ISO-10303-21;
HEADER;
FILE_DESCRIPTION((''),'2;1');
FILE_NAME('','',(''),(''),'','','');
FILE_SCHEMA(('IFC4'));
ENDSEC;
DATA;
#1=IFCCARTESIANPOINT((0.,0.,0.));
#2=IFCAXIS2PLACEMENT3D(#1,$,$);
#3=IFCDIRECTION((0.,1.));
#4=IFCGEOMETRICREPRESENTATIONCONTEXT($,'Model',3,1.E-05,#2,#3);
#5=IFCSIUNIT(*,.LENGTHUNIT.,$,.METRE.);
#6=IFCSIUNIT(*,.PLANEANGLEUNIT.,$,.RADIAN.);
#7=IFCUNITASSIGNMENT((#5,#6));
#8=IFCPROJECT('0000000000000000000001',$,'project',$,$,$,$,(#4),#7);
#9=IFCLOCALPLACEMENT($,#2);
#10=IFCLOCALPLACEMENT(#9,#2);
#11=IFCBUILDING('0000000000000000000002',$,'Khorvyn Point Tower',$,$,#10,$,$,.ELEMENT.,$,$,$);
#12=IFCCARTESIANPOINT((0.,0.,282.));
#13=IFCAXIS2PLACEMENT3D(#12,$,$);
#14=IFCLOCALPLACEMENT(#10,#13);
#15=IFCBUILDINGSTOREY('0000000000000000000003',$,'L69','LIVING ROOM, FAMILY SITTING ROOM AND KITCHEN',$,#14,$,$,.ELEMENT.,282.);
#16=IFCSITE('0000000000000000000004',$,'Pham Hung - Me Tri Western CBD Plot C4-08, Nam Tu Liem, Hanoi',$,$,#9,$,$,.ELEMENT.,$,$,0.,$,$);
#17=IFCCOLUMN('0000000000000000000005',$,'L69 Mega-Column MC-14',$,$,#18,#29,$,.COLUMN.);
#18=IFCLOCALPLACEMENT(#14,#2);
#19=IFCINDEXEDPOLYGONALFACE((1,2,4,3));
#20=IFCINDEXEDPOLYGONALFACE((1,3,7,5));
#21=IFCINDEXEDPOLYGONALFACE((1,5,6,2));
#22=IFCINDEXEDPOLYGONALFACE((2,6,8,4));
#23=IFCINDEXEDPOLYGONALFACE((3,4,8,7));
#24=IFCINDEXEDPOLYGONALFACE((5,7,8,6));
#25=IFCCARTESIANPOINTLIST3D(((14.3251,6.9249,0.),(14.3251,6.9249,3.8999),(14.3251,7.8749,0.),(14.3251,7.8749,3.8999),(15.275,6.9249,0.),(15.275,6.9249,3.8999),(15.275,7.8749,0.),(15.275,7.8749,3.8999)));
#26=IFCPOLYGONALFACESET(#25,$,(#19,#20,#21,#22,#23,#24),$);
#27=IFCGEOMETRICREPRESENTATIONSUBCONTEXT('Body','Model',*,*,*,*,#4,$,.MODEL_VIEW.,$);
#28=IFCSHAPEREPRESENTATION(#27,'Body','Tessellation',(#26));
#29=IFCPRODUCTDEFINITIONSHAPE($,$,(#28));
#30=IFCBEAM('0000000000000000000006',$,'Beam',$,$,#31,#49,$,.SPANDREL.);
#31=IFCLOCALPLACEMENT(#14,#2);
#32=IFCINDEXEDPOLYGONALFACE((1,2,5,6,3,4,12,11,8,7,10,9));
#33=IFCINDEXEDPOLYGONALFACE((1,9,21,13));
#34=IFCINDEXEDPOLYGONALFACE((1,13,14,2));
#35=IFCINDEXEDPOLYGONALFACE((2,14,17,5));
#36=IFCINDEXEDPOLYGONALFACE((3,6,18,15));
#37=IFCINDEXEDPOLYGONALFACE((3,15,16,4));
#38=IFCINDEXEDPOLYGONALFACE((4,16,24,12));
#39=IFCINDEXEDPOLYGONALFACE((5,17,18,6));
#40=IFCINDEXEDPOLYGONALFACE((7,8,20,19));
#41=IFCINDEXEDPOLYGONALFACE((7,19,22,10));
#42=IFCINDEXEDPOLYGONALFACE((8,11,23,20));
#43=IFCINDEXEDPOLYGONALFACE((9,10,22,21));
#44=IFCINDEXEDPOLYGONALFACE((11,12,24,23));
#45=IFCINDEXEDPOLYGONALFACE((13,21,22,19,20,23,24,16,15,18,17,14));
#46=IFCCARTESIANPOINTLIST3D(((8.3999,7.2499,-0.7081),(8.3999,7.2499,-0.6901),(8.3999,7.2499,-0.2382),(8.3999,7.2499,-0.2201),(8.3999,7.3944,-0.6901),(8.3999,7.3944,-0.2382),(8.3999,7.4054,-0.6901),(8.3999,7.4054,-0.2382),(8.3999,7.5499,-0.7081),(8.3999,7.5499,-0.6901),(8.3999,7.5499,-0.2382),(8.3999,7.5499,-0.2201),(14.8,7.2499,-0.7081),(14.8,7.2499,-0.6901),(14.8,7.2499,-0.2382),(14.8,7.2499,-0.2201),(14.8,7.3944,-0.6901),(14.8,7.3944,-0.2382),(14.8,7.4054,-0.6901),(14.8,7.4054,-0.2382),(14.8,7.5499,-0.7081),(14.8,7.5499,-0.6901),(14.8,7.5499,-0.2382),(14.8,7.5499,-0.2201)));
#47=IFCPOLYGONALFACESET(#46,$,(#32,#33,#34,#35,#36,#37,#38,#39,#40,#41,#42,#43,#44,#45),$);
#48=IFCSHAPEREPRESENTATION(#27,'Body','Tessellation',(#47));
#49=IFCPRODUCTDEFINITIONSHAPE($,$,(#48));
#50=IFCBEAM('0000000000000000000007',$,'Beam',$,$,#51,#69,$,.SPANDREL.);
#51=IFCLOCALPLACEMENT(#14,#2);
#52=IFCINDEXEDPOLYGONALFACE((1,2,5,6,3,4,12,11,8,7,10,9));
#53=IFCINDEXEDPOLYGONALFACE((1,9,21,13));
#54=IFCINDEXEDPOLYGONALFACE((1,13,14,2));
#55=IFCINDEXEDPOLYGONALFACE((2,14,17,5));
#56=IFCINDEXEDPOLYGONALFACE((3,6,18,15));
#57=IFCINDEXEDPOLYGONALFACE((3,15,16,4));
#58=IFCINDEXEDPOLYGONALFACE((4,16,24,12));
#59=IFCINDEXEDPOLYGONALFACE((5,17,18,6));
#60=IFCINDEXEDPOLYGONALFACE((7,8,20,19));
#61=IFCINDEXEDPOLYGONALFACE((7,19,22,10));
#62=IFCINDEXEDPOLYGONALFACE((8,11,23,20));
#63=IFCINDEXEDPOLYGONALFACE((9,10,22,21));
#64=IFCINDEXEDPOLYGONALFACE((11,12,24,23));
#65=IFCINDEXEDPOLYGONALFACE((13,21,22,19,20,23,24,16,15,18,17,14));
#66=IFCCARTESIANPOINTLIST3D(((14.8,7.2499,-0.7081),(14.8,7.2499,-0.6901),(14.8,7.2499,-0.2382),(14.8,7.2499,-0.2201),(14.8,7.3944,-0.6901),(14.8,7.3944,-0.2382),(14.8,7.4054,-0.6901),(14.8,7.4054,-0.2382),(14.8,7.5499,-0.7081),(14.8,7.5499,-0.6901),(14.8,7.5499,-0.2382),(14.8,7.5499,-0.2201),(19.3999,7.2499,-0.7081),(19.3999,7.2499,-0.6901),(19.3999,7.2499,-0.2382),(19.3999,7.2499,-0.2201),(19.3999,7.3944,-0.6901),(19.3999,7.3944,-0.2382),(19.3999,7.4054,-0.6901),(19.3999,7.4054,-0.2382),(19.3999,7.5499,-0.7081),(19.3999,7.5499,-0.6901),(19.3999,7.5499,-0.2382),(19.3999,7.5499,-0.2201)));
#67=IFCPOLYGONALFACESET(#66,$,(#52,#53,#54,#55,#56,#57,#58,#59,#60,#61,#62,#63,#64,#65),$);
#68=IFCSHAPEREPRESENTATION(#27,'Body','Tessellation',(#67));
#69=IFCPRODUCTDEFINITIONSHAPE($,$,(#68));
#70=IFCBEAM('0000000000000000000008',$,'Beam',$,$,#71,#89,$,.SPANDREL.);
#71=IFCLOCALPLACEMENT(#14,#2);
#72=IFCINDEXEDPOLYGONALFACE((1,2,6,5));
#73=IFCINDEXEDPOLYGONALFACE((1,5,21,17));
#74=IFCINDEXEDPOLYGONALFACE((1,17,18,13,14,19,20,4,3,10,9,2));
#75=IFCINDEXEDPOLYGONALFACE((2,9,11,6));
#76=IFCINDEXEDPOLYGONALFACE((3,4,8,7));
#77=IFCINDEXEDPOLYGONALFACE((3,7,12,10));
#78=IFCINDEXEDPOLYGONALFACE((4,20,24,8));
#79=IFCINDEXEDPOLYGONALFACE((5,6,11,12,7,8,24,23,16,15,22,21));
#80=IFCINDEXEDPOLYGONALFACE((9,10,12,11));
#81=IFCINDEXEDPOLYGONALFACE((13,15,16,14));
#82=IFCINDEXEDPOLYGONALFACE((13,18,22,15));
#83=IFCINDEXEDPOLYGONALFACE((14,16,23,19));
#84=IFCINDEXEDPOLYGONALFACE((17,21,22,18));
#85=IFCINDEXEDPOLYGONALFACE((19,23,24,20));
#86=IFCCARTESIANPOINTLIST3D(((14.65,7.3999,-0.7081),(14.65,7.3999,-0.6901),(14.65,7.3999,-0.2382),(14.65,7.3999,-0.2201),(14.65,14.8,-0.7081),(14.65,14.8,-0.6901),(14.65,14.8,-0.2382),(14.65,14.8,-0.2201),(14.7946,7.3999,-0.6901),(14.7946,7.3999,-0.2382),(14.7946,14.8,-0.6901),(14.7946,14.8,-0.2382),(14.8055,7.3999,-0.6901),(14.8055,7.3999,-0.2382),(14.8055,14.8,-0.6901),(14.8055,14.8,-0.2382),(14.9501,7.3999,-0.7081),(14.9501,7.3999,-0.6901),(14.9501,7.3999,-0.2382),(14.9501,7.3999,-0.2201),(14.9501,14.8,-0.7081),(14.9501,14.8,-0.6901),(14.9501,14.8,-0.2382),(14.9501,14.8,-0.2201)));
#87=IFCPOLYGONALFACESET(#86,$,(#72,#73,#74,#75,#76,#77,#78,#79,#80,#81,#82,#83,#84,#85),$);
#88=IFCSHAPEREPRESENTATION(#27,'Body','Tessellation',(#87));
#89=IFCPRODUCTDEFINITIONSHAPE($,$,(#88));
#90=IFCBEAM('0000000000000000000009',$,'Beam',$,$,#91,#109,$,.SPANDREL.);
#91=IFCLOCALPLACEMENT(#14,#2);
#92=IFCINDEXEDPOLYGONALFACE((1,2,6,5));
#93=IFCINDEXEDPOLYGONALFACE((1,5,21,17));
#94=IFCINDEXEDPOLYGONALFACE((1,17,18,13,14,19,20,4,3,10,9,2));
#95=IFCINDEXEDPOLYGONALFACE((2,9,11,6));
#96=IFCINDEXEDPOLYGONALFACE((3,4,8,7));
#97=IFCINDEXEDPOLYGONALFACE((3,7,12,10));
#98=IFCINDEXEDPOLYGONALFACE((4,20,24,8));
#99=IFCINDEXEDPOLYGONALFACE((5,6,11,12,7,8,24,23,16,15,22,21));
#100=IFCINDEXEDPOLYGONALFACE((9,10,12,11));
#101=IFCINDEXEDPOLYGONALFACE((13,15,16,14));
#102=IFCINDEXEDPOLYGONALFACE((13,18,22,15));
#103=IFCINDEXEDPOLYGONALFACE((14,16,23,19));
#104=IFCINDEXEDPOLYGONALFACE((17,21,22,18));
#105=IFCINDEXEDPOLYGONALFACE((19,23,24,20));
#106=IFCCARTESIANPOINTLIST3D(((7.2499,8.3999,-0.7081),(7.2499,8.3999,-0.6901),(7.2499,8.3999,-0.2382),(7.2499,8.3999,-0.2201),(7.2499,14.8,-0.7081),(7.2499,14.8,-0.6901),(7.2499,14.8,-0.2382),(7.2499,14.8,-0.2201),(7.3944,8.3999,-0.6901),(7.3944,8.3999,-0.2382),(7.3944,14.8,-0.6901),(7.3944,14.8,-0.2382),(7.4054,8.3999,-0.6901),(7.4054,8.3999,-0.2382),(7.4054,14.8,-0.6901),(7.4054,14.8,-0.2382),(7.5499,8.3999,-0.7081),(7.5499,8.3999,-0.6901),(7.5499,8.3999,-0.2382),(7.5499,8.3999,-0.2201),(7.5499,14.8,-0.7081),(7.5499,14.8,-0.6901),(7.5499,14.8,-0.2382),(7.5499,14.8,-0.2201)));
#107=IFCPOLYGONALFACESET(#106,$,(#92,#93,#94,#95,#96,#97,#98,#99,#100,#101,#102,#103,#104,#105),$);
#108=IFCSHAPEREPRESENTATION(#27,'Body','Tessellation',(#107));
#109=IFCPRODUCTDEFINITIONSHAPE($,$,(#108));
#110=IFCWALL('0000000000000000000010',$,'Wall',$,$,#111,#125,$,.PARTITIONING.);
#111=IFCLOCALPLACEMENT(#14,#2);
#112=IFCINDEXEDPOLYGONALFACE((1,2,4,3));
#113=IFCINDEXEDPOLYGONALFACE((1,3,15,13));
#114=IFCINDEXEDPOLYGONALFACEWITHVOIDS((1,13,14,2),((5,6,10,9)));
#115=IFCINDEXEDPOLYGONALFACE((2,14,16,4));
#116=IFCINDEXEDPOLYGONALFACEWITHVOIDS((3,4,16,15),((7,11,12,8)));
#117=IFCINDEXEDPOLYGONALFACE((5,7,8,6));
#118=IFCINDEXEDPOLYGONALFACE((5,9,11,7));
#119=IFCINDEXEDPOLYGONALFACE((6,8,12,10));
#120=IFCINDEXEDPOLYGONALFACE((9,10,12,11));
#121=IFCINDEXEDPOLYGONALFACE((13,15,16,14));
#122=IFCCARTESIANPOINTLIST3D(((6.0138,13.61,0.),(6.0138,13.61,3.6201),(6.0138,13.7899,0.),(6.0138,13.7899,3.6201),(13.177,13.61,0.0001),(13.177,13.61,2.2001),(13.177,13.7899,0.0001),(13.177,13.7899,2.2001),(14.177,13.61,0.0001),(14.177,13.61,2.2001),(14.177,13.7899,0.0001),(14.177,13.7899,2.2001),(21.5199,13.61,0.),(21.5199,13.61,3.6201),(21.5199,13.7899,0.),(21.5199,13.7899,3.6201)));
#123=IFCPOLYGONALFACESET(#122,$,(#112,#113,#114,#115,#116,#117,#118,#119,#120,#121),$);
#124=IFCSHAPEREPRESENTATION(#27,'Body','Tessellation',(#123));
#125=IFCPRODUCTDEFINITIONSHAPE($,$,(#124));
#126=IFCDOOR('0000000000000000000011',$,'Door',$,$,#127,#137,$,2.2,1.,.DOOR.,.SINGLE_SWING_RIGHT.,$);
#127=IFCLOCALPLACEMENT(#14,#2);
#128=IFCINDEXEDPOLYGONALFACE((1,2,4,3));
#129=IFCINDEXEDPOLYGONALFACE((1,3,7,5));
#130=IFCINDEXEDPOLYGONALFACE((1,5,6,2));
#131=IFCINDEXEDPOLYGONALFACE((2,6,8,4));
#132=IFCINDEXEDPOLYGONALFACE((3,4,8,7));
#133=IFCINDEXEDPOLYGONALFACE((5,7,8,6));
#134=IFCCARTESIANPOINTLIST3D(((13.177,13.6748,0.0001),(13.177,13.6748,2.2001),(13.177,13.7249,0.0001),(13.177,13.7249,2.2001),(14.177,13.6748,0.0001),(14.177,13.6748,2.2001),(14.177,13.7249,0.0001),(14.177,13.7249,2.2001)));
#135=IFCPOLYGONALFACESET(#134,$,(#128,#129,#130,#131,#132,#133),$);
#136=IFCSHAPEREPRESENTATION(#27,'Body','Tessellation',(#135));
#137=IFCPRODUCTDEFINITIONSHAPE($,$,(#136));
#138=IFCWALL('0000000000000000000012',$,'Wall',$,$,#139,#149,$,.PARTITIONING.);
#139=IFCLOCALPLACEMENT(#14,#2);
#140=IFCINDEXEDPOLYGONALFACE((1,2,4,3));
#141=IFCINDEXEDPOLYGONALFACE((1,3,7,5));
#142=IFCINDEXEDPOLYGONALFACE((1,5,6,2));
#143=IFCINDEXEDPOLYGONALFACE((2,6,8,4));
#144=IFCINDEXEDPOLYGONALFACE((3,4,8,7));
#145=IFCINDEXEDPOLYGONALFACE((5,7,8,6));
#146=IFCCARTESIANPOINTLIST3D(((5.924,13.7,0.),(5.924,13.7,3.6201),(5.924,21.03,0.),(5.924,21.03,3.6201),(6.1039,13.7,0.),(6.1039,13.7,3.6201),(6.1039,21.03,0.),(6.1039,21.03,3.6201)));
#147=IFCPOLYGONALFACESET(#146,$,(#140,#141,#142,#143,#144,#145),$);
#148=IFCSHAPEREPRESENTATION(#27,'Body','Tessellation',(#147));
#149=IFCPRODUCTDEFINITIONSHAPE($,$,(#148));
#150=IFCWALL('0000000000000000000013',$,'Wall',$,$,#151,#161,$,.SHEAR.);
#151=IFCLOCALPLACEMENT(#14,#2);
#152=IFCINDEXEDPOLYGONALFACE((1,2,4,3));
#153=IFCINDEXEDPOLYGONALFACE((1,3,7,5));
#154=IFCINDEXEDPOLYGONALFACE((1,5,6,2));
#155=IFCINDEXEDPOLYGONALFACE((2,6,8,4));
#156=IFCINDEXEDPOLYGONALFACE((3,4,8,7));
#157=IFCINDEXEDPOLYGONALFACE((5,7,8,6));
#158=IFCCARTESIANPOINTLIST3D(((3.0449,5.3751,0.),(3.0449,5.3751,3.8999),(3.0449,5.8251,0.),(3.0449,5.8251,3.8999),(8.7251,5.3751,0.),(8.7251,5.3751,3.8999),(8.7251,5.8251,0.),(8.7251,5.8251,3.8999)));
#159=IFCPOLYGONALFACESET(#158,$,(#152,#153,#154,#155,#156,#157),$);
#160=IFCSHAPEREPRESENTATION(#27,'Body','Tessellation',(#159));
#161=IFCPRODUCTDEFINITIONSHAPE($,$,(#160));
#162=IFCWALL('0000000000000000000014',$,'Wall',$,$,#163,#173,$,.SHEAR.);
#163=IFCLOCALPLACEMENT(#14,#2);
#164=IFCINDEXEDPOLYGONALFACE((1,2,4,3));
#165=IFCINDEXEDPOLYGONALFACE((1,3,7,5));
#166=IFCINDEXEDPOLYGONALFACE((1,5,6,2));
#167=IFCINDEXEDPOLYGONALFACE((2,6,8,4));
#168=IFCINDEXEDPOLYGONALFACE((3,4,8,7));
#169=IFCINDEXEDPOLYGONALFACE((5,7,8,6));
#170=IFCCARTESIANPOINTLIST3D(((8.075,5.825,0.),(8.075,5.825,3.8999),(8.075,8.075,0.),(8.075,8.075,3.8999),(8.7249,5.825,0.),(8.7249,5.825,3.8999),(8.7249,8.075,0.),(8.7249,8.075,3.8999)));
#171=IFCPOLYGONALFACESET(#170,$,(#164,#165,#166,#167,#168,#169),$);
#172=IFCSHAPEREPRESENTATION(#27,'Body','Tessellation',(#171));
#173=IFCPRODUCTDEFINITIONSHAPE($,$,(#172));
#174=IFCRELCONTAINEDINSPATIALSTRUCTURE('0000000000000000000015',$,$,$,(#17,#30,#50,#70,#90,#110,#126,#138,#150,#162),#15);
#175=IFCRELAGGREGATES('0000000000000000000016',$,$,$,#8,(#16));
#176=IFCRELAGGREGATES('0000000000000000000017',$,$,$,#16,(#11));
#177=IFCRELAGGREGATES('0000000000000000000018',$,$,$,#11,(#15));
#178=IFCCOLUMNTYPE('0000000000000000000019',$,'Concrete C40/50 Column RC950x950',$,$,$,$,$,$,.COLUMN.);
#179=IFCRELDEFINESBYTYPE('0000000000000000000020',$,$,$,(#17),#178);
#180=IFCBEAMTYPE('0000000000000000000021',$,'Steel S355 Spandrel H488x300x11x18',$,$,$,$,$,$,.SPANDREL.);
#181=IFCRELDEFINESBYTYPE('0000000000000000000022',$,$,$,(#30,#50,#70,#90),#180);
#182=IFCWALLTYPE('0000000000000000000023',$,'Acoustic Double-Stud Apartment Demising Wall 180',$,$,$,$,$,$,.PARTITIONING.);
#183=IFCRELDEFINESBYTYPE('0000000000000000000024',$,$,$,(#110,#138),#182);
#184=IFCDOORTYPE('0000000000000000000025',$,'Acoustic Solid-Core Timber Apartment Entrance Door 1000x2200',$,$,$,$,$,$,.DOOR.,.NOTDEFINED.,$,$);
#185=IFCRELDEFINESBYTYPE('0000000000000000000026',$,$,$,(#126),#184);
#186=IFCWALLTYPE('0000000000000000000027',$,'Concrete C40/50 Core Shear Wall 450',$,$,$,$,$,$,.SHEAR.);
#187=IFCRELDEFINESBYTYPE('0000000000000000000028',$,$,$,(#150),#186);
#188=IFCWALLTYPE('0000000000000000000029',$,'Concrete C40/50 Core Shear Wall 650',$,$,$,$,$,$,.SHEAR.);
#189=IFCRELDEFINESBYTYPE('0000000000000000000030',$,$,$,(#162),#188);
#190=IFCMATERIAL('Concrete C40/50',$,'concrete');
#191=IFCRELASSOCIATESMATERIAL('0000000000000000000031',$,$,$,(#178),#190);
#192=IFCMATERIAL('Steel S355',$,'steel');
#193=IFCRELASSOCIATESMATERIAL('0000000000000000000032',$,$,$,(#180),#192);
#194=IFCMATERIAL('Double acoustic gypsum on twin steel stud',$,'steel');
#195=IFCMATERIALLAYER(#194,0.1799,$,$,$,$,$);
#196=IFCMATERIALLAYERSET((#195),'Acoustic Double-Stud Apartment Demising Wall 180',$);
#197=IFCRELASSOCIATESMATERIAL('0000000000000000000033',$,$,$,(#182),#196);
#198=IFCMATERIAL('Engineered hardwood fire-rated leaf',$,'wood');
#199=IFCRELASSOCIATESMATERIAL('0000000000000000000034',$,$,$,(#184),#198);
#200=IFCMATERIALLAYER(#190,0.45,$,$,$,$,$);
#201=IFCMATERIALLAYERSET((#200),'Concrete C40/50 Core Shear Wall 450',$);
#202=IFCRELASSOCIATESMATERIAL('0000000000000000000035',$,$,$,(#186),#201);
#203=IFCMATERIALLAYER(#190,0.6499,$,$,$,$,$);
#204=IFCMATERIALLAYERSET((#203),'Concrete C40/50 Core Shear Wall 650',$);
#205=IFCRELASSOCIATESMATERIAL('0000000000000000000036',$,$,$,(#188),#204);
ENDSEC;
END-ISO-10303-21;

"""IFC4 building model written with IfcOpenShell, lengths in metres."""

from ifc_helpers import new_model, si_unit, direction, frame, frame_2d, origin, origin_2d, place, context, subcontext, project, spatial, rectangle, i_section, extrude, material, layer, layer_set, material_profile, profile_set, type_object, element, fill, save


model = new_model("IFC4")

# Units and contexts
model_context = context("Model", 3, precision=1e-05, world=origin(), true_north=direction((0.0, 1.0)))
body_context = subcontext(model_context, "Body", "Model", "MODEL_VIEW")
ifc_project = project(units=[si_unit("LENGTHUNIT", "METRE"), si_unit("PLANEANGLEUNIT", "RADIAN")], contexts=[model_context])

# Site, building, storey
site_placement = place(None, origin())
site = spatial("IfcSite", under=ifc_project, at=site_placement, Name="Pham Hung - Me Tri Western CBD Plot C4-08, Nam Tu Liem, Hanoi", CompositionType="ELEMENT", RefElevation=0.0)
building_placement = place(site_placement, origin())
building = spatial("IfcBuilding", under=site, at=building_placement, Name="Khorvyn Point Tower", CompositionType="ELEMENT")
storey_placement = place(building_placement, frame((0.0, 0.0, 282.0)))
storey = spatial("IfcBuildingStorey", under=building, at=storey_placement, Name="L69", Description="LIVING ROOM, FAMILY SITTING ROOM AND KITCHEN", CompositionType="ELEMENT", Elevation=282.0)

# Column
ifc_material_1 = material(Name="Concrete C40/50", Category="concrete")
ifc_material_profile_1 = material_profile(ifc_material_1, rectangle(XDim=0.95, YDim=0.95, at=origin_2d()))
ifc_profile_set_1 = profile_set([ifc_material_profile_1], Name="Concrete C40/50 RC950x950")
column_type = type_object("IfcColumnType", Name="Concrete C40/50 Column RC950x950", PredefinedType="COLUMN", material=ifc_profile_set_1)
column_placement = place(storey_placement, frame((14.8, 7.3999, 0.0), z_axis=(0.0, 0.0, 1.0), x_axis=(1.0, 0.0, 0.0)))
element("IfcColumn", 1, at=column_placement, inside=storey, type_object=column_type, Name="L69 Mega-Column MC-14", PredefinedType="COLUMN", context=body_context, shape_type="SweptSolid", body=[
    extrude(rectangle(XDim=0.95, YDim=0.95, at=origin_2d()), origin(), (0.0, 0.0, 1.0), 3.8999),
])

# Beams
ifc_material_2 = material(Name="Steel S355", Category="steel")
ifc_material_profile_2 = material_profile(ifc_material_2, i_section(OverallWidth=0.3, OverallDepth=0.488, WebThickness=0.011, FlangeThickness=0.0181, at=origin_2d()))
ifc_profile_set_2 = profile_set([ifc_material_profile_2], Name="Steel S355 H488x300x11x18")
beam_type = type_object("IfcBeamType", Name="Steel S355 Spandrel H488x300x11x18", PredefinedType="SPANDREL", material=ifc_profile_set_2)
beam_1_placement = place(storey_placement, frame((8.3999, 7.3999, -0.4641), z_axis=(1.0, 0.0, 0.0), x_axis=(0.0, 1.0, 0.0)))
element("IfcBeam", 2, at=beam_1_placement, inside=storey, type_object=beam_type, Name="Beam", PredefinedType="SPANDREL", context=body_context, shape_type="SweptSolid", body=[
    extrude(i_section(OverallWidth=0.3, OverallDepth=0.488, WebThickness=0.011, FlangeThickness=0.0181, at=origin_2d()), origin(), (0.0, 0.0, 1.0), 6.4001),
])
beam_2_placement = place(storey_placement, frame((14.8, 7.3999, -0.4641), z_axis=(1.0, 0.0, 0.0), x_axis=(0.0, 1.0, 0.0)))
element("IfcBeam", 3, at=beam_2_placement, inside=storey, type_object=beam_type, Name="Beam", PredefinedType="SPANDREL", context=body_context, shape_type="SweptSolid", body=[
    extrude(i_section(OverallWidth=0.3, OverallDepth=0.488, WebThickness=0.011, FlangeThickness=0.0181, at=origin_2d()), origin(), (0.0, 0.0, 1.0), 4.5999),
])
beam_3_placement = place(storey_placement, frame((14.8, 7.3999, -0.4641), z_axis=(0.0, 1.0, 0.0), x_axis=(-1.0, 0.0, 0.0)))
element("IfcBeam", 4, at=beam_3_placement, inside=storey, type_object=beam_type, Name="Beam", PredefinedType="SPANDREL", context=body_context, shape_type="SweptSolid", body=[
    extrude(i_section(OverallWidth=0.3, OverallDepth=0.488, WebThickness=0.011, FlangeThickness=0.0181, at=origin_2d()), origin(), (0.0, 0.0, 1.0), 7.4001),
])
beam_4_placement = place(storey_placement, frame((7.3999, 8.3999, -0.4641), z_axis=(0.0, 1.0, 0.0), x_axis=(-1.0, 0.0, 0.0)))
element("IfcBeam", 5, at=beam_4_placement, inside=storey, type_object=beam_type, Name="Beam", PredefinedType="SPANDREL", context=body_context, shape_type="SweptSolid", body=[
    extrude(i_section(OverallWidth=0.3, OverallDepth=0.488, WebThickness=0.011, FlangeThickness=0.0181, at=origin_2d()), origin(), (0.0, 0.0, 1.0), 6.4001),
])

# Wall, opening, door
ifc_material_3 = material(Name="Double acoustic gypsum on twin steel stud", Category="steel")
ifc_layer_1 = layer(ifc_material_3, 0.1799)
ifc_layer_set_1 = layer_set([ifc_layer_1], Name="Acoustic Double-Stud Apartment Demising Wall 180")
wall_type_1 = type_object("IfcWallType", Name="Acoustic Double-Stud Apartment Demising Wall 180", PredefinedType="PARTITIONING", material=ifc_layer_set_1)
wall_1_placement = place(storey_placement, frame((6.0139, 13.7, 0.0), z_axis=(0.0, 0.0, 1.0), x_axis=(1.0, 0.0, 0.0)))
wall_1 = element("IfcWall", 6, at=wall_1_placement, inside=storey, type_object=wall_type_1, Name="Wall", PredefinedType="PARTITIONING", context=body_context, shape_type="SweptSolid", body=[
    extrude(rectangle(XDim=15.5061, YDim=0.1799, at=frame_2d((7.7529, 0.0))), origin(), (0.0, 0.0, 1.0), 3.6201),
])
opening_1_placement = place(wall_1_placement, frame((7.1631, 0.0, 0.0)))
opening_1 = element("IfcOpeningElement", 7, at=opening_1_placement, cuts=wall_1, PredefinedType="OPENING", context=body_context, shape_type="SweptSolid", body=[
    extrude(rectangle(XDim=1.0, YDim=2.2, at=frame_2d((0.5, 1.1001))), frame((0.0, 0.0999, 0.0), z_axis=(0.0, -1.0, 0.0), x_axis=(1.0, 0.0, 0.0)), (0.0, 0.0, 1.0), 0.2),
])
ifc_material_4 = material(Name="Engineered hardwood fire-rated leaf", Category="wood")
door_type_1 = type_object("IfcDoorType", Name="Acoustic Solid-Core Timber Apartment Entrance Door 1000x2200", OperationType="NOTDEFINED", PredefinedType="DOOR", material=ifc_material_4)
door_1_placement = place(opening_1_placement, origin())
door_1 = element("IfcDoor", 8, at=door_1_placement, inside=storey, type_object=door_type_1, Name="Door", OperationType="SINGLE_SWING_RIGHT", OverallHeight=2.2, OverallWidth=1.0, PredefinedType="DOOR", context=body_context, shape_type="SweptSolid", body=[
    extrude(rectangle(XDim=1.0, YDim=2.2, at=frame_2d((0.5, 1.1001))), frame((0.0, 0.0249, 0.0), z_axis=(0.0, -1.0, 0.0), x_axis=(1.0, 0.0, 0.0)), (0.0, 0.0, 1.0), 0.05),
])
fill(opening_1, door_1)

# Walls
wall_2_placement = place(storey_placement, frame((6.0139, 13.7, 0.0), z_axis=(0.0, 0.0, 1.0), x_axis=(0.0, 1.0, 0.0)))
element("IfcWall", 9, at=wall_2_placement, inside=storey, type_object=wall_type_1, Name="Wall", PredefinedType="PARTITIONING", context=body_context, shape_type="SweptSolid", body=[
    extrude(rectangle(XDim=7.3301, YDim=0.1799, at=frame_2d((3.665, 0.0))), origin(), (0.0, 0.0, 1.0), 3.6201),
])
ifc_layer_2 = layer(ifc_material_1, 0.45)
ifc_layer_set_2 = layer_set([ifc_layer_2], Name="Concrete C40/50 Core Shear Wall 450")
wall_type_2 = type_object("IfcWallType", Name="Concrete C40/50 Core Shear Wall 450", PredefinedType="SHEAR", material=ifc_layer_set_2)
wall_3_placement = place(storey_placement, frame((3.0449, 5.6001, 0.0), z_axis=(0.0, 0.0, 1.0), x_axis=(1.0, 0.0, 0.0)))
element("IfcWall", 10, at=wall_3_placement, inside=storey, type_object=wall_type_2, Name="Wall", PredefinedType="SHEAR", context=body_context, shape_type="SweptSolid", body=[
    extrude(rectangle(XDim=5.6802, YDim=0.45, at=frame_2d((2.8401, 0.0))), origin(), (0.0, 0.0, 1.0), 3.8999),
])
ifc_layer_3 = layer(ifc_material_1, 0.6499)
ifc_layer_set_3 = layer_set([ifc_layer_3], Name="Concrete C40/50 Core Shear Wall 650")
wall_type_3 = type_object("IfcWallType", Name="Concrete C40/50 Core Shear Wall 650", PredefinedType="SHEAR", material=ifc_layer_set_3)
wall_4_placement = place(storey_placement, frame((8.3999, 5.825, 0.0), z_axis=(0.0, 0.0, 1.0), x_axis=(0.0, 1.0, 0.0)))
element("IfcWall", 11, at=wall_4_placement, inside=storey, type_object=wall_type_3, Name="Wall", PredefinedType="SHEAR", context=body_context, shape_type="SweptSolid", body=[
    extrude(rectangle(XDim=2.25, YDim=0.6499, at=frame_2d((1.125, 0.0))), origin(), (0.0, 0.0, 1.0), 3.8999),
])

save(model, "model.ifc")
